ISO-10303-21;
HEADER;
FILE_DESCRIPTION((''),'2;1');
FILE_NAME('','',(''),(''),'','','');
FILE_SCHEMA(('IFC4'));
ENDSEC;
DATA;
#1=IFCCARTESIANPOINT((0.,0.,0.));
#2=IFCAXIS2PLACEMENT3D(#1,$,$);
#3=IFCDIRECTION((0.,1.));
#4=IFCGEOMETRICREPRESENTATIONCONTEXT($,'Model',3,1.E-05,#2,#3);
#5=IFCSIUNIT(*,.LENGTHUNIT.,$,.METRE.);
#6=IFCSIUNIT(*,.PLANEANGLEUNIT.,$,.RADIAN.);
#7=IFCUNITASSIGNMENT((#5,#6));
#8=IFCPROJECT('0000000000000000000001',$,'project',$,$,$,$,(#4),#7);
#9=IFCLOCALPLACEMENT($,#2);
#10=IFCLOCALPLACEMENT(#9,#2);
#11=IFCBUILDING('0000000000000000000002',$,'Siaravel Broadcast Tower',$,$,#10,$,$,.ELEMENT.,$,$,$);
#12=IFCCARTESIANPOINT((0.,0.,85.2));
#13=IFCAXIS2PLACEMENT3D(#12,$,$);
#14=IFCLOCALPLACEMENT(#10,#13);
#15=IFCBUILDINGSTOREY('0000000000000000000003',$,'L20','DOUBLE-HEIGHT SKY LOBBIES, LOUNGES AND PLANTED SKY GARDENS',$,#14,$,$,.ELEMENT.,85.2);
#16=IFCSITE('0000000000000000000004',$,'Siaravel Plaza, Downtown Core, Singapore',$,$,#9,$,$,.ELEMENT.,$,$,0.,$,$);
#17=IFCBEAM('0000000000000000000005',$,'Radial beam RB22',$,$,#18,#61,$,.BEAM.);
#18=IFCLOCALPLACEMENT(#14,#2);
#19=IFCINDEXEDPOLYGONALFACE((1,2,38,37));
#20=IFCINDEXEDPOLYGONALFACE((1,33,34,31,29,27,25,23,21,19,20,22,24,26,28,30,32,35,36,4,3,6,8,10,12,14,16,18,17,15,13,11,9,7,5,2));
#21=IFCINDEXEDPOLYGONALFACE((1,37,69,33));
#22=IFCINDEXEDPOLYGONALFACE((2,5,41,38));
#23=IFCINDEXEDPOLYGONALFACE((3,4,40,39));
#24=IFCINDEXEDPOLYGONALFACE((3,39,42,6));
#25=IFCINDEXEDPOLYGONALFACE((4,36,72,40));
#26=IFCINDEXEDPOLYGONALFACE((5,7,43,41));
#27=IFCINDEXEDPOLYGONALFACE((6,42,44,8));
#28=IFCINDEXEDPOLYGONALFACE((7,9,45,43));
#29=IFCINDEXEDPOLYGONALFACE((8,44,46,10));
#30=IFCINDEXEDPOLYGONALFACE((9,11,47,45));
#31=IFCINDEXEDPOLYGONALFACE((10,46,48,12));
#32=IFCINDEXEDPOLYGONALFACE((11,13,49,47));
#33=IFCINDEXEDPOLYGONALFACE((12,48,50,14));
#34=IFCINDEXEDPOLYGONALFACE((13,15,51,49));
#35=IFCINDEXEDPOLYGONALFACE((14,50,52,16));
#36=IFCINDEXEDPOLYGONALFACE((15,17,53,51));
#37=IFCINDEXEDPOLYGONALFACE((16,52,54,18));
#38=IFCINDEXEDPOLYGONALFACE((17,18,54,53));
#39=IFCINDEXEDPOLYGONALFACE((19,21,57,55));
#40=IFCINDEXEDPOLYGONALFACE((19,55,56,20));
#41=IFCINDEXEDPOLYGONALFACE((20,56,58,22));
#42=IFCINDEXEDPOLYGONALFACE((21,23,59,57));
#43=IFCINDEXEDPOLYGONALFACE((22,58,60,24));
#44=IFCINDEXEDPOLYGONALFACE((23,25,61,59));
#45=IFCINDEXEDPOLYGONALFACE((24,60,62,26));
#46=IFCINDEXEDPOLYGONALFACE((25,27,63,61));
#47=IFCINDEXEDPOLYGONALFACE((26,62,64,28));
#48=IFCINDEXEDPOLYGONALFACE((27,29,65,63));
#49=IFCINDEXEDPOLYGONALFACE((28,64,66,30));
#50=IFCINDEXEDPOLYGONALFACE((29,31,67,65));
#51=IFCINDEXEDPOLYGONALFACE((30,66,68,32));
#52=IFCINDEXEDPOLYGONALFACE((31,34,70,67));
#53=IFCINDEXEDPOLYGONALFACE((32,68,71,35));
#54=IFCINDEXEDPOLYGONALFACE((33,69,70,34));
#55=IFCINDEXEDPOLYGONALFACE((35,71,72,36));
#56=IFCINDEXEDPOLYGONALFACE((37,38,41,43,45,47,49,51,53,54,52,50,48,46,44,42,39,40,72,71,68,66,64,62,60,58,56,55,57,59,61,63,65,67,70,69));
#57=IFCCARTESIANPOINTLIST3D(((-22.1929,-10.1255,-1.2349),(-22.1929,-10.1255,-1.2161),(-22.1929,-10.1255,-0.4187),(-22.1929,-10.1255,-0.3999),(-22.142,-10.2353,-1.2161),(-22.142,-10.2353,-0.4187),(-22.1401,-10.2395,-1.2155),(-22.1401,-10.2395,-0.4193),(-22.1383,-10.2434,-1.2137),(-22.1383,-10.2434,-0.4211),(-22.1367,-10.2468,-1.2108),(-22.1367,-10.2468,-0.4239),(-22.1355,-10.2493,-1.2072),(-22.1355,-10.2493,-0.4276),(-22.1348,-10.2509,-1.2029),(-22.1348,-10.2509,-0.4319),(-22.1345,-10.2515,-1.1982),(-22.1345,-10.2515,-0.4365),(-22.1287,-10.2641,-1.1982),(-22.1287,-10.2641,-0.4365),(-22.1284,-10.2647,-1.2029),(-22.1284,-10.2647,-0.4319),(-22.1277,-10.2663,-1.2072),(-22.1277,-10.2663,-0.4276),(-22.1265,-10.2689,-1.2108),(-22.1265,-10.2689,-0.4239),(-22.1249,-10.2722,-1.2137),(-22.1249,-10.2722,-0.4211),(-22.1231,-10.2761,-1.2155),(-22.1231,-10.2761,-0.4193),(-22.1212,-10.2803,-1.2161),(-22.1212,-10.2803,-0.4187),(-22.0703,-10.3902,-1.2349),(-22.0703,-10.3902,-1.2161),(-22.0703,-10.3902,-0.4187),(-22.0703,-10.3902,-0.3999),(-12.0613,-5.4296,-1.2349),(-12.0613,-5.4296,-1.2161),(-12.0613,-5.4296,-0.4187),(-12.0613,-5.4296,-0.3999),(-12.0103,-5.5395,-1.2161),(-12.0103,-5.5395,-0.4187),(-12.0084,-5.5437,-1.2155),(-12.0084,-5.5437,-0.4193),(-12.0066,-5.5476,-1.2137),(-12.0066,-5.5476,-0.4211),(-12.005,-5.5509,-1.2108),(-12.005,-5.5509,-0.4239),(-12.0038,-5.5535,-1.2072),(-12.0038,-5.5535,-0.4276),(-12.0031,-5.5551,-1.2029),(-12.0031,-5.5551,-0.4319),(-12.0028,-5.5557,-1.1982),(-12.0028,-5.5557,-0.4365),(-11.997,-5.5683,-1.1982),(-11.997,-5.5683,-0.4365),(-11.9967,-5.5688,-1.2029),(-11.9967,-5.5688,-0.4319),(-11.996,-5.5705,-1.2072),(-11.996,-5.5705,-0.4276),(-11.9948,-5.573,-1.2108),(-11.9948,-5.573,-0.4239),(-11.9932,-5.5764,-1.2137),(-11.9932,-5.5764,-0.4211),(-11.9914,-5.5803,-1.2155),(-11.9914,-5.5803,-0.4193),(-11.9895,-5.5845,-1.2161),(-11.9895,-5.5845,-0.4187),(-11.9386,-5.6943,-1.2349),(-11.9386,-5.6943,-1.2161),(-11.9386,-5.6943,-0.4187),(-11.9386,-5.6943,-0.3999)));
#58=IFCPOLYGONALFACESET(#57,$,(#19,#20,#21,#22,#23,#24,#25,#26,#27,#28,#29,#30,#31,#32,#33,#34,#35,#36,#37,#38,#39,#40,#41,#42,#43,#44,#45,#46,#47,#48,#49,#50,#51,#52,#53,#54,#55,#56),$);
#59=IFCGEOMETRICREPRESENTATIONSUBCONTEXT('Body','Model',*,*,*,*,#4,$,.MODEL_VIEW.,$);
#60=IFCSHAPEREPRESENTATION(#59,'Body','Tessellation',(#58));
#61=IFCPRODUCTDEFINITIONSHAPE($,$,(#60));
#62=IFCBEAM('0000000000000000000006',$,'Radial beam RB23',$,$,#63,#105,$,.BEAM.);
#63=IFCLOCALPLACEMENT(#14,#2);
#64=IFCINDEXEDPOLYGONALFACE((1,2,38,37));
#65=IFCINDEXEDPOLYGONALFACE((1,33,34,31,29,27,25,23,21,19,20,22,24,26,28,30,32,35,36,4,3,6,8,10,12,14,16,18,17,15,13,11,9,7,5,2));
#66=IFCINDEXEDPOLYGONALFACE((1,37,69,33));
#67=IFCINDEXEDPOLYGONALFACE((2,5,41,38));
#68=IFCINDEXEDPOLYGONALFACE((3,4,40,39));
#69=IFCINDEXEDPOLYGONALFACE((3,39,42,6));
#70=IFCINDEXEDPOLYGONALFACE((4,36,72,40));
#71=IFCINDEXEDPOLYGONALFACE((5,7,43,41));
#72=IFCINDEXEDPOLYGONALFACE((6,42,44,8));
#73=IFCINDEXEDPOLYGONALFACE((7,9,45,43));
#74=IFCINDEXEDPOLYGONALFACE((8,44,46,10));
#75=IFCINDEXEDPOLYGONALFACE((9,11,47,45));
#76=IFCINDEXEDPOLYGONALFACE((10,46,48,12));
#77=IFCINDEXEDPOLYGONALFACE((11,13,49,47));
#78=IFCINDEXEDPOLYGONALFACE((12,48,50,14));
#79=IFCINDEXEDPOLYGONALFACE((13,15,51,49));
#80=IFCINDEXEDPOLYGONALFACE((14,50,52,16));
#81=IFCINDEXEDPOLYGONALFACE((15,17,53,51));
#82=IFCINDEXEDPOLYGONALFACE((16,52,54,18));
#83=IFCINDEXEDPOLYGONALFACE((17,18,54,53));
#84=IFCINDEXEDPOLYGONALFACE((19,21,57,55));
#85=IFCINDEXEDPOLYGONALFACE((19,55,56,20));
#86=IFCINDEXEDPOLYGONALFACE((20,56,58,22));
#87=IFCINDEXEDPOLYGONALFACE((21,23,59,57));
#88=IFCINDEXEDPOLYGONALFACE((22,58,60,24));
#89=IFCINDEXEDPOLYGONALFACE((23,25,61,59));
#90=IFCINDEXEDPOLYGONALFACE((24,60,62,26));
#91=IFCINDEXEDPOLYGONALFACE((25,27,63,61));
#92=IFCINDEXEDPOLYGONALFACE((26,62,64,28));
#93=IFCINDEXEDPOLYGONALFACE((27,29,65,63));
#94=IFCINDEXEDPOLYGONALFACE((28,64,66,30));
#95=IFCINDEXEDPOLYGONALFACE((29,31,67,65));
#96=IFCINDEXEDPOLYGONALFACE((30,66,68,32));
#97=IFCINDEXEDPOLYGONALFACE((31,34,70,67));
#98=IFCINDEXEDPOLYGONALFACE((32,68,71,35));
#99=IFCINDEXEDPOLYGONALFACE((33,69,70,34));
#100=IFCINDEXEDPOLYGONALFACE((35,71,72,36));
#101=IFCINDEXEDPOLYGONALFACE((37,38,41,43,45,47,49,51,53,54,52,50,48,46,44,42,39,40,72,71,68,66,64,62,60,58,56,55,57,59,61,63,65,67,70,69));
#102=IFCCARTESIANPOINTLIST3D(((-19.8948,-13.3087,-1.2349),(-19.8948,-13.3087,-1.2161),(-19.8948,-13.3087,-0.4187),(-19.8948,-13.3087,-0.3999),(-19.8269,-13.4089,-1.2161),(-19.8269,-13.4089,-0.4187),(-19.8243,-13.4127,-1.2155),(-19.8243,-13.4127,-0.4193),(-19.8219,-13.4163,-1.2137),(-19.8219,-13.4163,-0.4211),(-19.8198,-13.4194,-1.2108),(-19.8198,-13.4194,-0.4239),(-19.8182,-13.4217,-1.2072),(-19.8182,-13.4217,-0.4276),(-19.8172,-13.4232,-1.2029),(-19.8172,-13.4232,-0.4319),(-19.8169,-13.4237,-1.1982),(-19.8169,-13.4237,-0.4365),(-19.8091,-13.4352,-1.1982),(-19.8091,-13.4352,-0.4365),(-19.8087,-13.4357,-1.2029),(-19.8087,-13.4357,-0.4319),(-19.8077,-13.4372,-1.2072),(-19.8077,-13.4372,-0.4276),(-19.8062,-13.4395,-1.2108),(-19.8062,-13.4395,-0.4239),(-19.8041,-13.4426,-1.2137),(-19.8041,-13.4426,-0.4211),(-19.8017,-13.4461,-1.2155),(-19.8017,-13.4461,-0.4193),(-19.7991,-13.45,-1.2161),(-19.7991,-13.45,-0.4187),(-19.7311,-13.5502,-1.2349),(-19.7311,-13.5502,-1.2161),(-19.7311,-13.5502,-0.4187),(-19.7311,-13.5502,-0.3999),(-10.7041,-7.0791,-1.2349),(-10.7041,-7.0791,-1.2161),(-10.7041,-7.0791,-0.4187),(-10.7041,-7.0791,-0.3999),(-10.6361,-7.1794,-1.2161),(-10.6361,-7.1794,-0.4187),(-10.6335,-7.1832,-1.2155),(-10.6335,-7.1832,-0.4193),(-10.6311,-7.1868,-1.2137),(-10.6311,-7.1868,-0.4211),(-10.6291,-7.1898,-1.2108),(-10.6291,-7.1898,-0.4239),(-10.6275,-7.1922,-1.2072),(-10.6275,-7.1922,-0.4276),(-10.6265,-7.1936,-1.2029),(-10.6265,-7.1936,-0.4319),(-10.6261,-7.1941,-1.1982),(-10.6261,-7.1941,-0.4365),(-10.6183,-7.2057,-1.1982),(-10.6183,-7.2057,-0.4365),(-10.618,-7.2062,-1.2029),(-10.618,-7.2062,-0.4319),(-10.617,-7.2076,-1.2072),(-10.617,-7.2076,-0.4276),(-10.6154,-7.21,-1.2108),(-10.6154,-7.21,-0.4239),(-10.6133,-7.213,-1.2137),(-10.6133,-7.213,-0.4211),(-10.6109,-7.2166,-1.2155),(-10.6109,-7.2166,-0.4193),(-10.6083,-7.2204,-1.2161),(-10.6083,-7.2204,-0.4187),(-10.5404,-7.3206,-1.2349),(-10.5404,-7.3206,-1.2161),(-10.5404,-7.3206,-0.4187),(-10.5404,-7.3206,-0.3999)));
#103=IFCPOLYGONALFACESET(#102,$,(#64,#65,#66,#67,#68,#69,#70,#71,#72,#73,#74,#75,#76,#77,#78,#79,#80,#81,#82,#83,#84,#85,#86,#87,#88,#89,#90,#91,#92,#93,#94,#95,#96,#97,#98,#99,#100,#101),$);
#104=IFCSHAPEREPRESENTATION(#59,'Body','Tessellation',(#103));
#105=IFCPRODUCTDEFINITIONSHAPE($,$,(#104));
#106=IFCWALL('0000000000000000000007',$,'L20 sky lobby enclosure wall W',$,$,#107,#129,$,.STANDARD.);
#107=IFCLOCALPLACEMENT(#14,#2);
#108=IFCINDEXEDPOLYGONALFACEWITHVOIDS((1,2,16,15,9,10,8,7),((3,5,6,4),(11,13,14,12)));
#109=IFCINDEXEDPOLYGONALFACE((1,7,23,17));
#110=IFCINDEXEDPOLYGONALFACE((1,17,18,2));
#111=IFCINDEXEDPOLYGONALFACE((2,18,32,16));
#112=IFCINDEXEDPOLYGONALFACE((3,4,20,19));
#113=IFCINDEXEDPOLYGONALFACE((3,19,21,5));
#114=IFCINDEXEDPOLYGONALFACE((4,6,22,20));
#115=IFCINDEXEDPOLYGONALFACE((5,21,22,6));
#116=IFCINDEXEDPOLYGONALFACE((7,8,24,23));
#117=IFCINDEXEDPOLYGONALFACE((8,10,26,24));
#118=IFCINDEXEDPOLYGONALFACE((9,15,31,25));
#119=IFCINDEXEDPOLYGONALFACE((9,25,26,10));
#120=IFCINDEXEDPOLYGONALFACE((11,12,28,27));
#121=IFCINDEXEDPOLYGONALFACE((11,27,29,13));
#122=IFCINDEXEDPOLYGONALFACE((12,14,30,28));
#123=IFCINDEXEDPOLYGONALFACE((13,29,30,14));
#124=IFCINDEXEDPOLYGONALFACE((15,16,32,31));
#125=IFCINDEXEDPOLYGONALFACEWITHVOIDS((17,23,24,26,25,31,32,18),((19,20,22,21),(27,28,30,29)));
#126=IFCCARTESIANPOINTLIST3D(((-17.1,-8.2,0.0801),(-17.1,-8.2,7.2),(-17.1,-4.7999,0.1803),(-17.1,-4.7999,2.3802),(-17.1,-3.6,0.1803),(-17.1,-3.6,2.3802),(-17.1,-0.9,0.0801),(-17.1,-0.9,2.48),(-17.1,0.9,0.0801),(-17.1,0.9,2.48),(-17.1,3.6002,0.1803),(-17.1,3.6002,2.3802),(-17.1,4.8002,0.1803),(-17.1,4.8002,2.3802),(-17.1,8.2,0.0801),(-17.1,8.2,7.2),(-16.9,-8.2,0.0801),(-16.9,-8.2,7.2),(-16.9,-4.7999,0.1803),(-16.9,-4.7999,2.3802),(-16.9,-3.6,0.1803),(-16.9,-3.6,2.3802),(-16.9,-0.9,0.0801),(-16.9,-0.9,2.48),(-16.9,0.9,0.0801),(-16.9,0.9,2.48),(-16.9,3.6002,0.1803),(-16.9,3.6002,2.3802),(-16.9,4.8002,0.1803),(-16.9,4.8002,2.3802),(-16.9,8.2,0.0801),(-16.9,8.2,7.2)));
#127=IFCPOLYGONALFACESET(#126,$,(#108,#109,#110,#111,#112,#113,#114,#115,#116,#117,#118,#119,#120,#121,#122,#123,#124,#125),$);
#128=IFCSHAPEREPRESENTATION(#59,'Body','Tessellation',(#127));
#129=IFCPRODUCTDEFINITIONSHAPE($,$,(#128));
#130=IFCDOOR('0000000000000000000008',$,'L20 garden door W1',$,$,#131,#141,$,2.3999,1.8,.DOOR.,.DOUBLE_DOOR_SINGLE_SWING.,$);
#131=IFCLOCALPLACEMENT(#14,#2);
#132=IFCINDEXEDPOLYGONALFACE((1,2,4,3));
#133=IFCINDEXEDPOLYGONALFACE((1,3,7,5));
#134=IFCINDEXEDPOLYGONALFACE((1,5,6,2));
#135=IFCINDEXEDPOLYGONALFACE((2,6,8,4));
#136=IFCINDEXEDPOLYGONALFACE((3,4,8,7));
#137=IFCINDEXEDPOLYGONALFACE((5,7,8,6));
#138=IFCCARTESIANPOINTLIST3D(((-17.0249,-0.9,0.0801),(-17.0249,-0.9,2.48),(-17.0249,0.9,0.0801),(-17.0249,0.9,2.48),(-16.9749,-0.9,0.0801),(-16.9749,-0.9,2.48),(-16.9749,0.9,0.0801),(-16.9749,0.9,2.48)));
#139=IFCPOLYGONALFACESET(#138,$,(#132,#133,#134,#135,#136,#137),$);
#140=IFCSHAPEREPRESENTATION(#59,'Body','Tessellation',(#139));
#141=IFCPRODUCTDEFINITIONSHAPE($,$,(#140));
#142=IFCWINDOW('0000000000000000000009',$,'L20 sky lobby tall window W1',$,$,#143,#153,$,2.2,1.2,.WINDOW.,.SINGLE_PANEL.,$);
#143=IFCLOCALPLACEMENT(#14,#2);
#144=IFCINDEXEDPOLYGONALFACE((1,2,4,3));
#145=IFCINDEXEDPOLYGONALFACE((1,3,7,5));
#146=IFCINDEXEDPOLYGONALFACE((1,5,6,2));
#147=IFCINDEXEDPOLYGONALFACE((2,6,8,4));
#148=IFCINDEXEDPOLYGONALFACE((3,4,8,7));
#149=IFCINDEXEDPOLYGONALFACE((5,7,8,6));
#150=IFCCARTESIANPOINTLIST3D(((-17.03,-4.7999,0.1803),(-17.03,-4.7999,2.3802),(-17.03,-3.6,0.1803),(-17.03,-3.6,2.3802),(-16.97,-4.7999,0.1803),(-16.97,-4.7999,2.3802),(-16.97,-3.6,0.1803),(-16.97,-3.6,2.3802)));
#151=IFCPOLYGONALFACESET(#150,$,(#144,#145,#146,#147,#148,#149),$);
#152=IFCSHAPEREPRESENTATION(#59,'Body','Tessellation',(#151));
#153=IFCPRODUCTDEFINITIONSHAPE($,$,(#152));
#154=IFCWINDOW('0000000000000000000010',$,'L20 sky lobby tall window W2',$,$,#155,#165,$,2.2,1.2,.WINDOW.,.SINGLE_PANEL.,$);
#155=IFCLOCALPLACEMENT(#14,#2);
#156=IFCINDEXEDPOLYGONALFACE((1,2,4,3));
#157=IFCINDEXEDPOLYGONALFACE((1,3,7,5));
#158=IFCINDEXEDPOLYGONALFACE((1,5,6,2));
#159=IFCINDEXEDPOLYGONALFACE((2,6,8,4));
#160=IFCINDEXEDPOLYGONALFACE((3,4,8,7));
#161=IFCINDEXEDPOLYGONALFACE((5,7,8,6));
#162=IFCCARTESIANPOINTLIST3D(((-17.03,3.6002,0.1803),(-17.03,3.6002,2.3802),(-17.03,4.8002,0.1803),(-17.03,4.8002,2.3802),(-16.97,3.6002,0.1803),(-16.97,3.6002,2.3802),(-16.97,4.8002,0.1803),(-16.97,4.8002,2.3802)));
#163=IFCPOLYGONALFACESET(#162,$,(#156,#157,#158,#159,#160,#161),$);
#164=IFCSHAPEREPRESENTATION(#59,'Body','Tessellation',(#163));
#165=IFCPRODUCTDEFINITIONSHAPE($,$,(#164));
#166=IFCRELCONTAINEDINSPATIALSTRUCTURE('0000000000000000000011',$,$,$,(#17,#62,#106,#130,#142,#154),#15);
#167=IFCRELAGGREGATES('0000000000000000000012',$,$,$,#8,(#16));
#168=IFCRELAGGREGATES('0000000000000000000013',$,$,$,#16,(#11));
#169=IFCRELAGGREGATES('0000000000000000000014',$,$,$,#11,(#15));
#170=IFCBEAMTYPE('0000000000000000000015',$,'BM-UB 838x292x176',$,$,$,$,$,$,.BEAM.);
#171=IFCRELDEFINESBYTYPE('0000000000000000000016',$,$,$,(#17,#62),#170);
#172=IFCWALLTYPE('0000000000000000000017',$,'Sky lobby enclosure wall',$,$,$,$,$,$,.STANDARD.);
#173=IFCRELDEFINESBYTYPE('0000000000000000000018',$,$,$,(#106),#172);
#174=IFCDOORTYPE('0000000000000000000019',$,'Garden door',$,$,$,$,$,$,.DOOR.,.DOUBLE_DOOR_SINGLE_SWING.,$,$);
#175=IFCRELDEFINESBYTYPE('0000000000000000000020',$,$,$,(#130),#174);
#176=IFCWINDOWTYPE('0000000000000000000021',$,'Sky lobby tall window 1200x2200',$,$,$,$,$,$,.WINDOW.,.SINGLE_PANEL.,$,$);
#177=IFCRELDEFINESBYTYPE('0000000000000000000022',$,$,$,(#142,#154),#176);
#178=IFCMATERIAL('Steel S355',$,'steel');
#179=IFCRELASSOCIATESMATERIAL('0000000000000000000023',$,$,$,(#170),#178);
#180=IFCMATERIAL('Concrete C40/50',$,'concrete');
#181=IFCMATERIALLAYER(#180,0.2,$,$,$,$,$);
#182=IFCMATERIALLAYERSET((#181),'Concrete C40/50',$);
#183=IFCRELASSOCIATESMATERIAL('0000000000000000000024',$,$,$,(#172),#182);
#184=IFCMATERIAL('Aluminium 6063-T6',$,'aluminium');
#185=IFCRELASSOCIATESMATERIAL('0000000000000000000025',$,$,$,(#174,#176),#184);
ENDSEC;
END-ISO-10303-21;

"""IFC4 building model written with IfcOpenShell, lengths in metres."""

from ifc_helpers import new_model, si_unit, direction, frame, frame_2d, origin, origin_2d, place, context, subcontext, project, spatial, rectangle, i_section, extrude, material, layer, layer_set, material_profile, profile_set, type_object, element, fill, save


model = new_model("IFC4")

# Units and contexts
model_context = context("Model", 3, precision=1e-05, world=origin(), true_north=direction((0.0, 1.0)))
body_context = subcontext(model_context, "Body", "Model", "MODEL_VIEW")
ifc_project = project(units=[si_unit("LENGTHUNIT", "METRE"), si_unit("PLANEANGLEUNIT", "RADIAN")], contexts=[model_context])

# Site, building, storey
site_placement = place(None, origin())
site = spatial("IfcSite", under=ifc_project, at=site_placement, Name="Siaravel Plaza, Downtown Core, Singapore", CompositionType="ELEMENT", RefElevation=0.0)
building_placement = place(site_placement, origin())
building = spatial("IfcBuilding", under=site, at=building_placement, Name="Siaravel Broadcast Tower", CompositionType="ELEMENT")
storey_placement = place(building_placement, frame((0.0, 0.0, 85.2)))
storey = spatial("IfcBuildingStorey", under=building, at=storey_placement, Name="L20", Description="DOUBLE-HEIGHT SKY LOBBIES, LOUNGES AND PLANTED SKY GARDENS", CompositionType="ELEMENT", Elevation=85.2)

# Beams
ifc_material_1 = material(Name="Steel S355", Category="steel")
ifc_material_profile_1 = material_profile(ifc_material_1, i_section(OverallWidth=0.2917, OverallDepth=0.835, WebThickness=0.0139, FlangeThickness=0.0188, FilletRadius=0.0178, at=origin_2d()))
ifc_profile_set_1 = profile_set([ifc_material_profile_1], Name="Steel S355")
beam_type = type_object("IfcBeamType", Name="BM-UB 838x292x176", PredefinedType="BEAM", material=ifc_profile_set_1)
beam_1_placement = place(storey_placement, frame((-22.1316, -10.2578, -0.8174), z_axis=(0.907288, 0.420511, 0.0), x_axis=(-0.420511, 0.907288, 0.0)))
element("IfcBeam", 1, at=beam_1_placement, inside=storey, type_object=beam_type, Name="Radial beam RB22", PredefinedType="BEAM", context=body_context, shape_type="SweptSolid", body=[
    extrude(i_section(OverallWidth=0.2917, OverallDepth=0.835, WebThickness=0.0139, FlangeThickness=0.0188, FilletRadius=0.0178, at=origin_2d()), origin(), (0.0, 0.0, 1.0), 11.167),
])
beam_2_placement = place(storey_placement, frame((-19.813, -13.4294, -0.8174), z_axis=(0.82777, 0.561067, 0.0), x_axis=(-0.561067, 0.82777, 0.0)))
element("IfcBeam", 2, at=beam_2_placement, inside=storey, type_object=beam_type, Name="Radial beam RB23", PredefinedType="BEAM", context=body_context, shape_type="SweptSolid", body=[
    extrude(i_section(OverallWidth=0.2917, OverallDepth=0.835, WebThickness=0.0139, FlangeThickness=0.0188, FilletRadius=0.0178, at=origin_2d()), origin(), (0.0, 0.0, 1.0), 11.103),
])

# Wall, openings, door, windows
ifc_material_2 = material(Name="Concrete C40/50", Category="concrete")
ifc_layer = layer(ifc_material_2, 0.2)
ifc_layer_set = layer_set([ifc_layer], Name="Concrete C40/50")
wall_type = type_object("IfcWallType", Name="Sky lobby enclosure wall", PredefinedType="STANDARD", material=ifc_layer_set)
wall_placement = place(storey_placement, frame((-17.0, -8.2, 0.0801), z_axis=(0.0, 0.0, 1.0), x_axis=(0.0, 1.0, 0.0)))
wall = element("IfcWall", 3, at=wall_placement, inside=storey, type_object=wall_type, Name="L20 sky lobby enclosure wall W", PredefinedType="STANDARD", context=body_context, shape_type="SweptSolid", body=[
    extrude(rectangle(XDim=16.3999, YDim=0.2, at=frame_2d((8.2, 0.0))), origin(), (0.0, 0.0, 1.0), 7.1199),
])
opening_1_placement = place(wall_placement, frame((7.3, 0.0, 0.0)))
opening_1 = element("IfcOpeningElement", 4, at=opening_1_placement, cuts=wall, PredefinedType="OPENING", context=body_context, shape_type="SweptSolid", body=[
    extrude(rectangle(XDim=1.8, YDim=2.3999, at=frame_2d((0.8999, 1.2))), frame((0.0, 0.1099, 0.0), z_axis=(0.0, -1.0, 0.0), x_axis=(1.0, 0.0, 0.0)), (0.0, 0.0, 1.0), 0.22),
])
opening_2_placement = place(wall_placement, frame((3.3999, 0.0, 0.1001)))
opening_2 = element("IfcOpeningElement", 5, at=opening_2_placement, cuts=wall, PredefinedType="OPENING", context=body_context, shape_type="SweptSolid", body=[
    extrude(rectangle(XDim=1.2, YDim=2.2, at=frame_2d((0.6001, 1.1001))), frame((0.0, 0.1099, 0.0), z_axis=(0.0, -1.0, 0.0), x_axis=(1.0, 0.0, 0.0)), (0.0, 0.0, 1.0), 0.22),
])
opening_3_placement = place(wall_placement, frame((11.8, 0.0, 0.1001)))
opening_3 = element("IfcOpeningElement", 6, at=opening_3_placement, cuts=wall, PredefinedType="OPENING", context=body_context, shape_type="SweptSolid", body=[
    extrude(rectangle(XDim=1.2, YDim=2.2, at=frame_2d((0.6001, 1.1001))), frame((0.0, 0.1099, 0.0), z_axis=(0.0, -1.0, 0.0), x_axis=(1.0, 0.0, 0.0)), (0.0, 0.0, 1.0), 0.22),
])
ifc_material_3 = material(Name="Aluminium 6063-T6", Category="aluminium")
door_type = type_object("IfcDoorType", Name="Garden door", OperationType="DOUBLE_DOOR_SINGLE_SWING", PredefinedType="DOOR", material=ifc_material_3)
door_placement = place(opening_1_placement, origin())
door = element("IfcDoor", 7, at=door_placement, inside=storey, type_object=door_type, Name="L20 garden door W1", OperationType="DOUBLE_DOOR_SINGLE_SWING", OverallHeight=2.3999, OverallWidth=1.8, PredefinedType="DOOR", context=body_context, shape_type="SweptSolid", body=[
    extrude(rectangle(XDim=1.8, YDim=2.3999, at=frame_2d((0.8999, 1.2))), frame((0.0, 0.0249, 0.0), z_axis=(0.0, -1.0, 0.0), x_axis=(1.0, 0.0, 0.0)), (0.0, 0.0, 1.0), 0.05),
])
fill(opening_1, door)
window_type = type_object("IfcWindowType", Name="Sky lobby tall window 1200x2200", PartitioningType="SINGLE_PANEL", PredefinedType="WINDOW", material=ifc_material_3)
window_1_placement = place(opening_2_placement, origin())
window_1 = element("IfcWindow", 8, at=window_1_placement, inside=storey, type_object=window_type, Name="L20 sky lobby tall window W1", OverallHeight=2.2, OverallWidth=1.2, PartitioningType="SINGLE_PANEL", PredefinedType="WINDOW", context=body_context, shape_type="SweptSolid", body=[
    extrude(rectangle(XDim=1.2, YDim=2.2, at=frame_2d((0.6001, 1.1001))), frame((0.0, 0.03, 0.0), z_axis=(0.0, -1.0, 0.0), x_axis=(1.0, 0.0, 0.0)), (0.0, 0.0, 1.0), 0.0601),
])
fill(opening_2, window_1)
window_2_placement = place(opening_3_placement, origin())
window_2 = element("IfcWindow", 9, at=window_2_placement, inside=storey, type_object=window_type, Name="L20 sky lobby tall window W2", OverallHeight=2.2, OverallWidth=1.2, PartitioningType="SINGLE_PANEL", PredefinedType="WINDOW", context=body_context, shape_type="SweptSolid", body=[
    extrude(rectangle(XDim=1.2, YDim=2.2, at=frame_2d((0.6001, 1.1001))), frame((0.0, 0.03, 0.0), z_axis=(0.0, -1.0, 0.0), x_axis=(1.0, 0.0, 0.0)), (0.0, 0.0, 1.0), 0.0601),
])
fill(opening_3, window_2)

save(model, "model.ifc")
